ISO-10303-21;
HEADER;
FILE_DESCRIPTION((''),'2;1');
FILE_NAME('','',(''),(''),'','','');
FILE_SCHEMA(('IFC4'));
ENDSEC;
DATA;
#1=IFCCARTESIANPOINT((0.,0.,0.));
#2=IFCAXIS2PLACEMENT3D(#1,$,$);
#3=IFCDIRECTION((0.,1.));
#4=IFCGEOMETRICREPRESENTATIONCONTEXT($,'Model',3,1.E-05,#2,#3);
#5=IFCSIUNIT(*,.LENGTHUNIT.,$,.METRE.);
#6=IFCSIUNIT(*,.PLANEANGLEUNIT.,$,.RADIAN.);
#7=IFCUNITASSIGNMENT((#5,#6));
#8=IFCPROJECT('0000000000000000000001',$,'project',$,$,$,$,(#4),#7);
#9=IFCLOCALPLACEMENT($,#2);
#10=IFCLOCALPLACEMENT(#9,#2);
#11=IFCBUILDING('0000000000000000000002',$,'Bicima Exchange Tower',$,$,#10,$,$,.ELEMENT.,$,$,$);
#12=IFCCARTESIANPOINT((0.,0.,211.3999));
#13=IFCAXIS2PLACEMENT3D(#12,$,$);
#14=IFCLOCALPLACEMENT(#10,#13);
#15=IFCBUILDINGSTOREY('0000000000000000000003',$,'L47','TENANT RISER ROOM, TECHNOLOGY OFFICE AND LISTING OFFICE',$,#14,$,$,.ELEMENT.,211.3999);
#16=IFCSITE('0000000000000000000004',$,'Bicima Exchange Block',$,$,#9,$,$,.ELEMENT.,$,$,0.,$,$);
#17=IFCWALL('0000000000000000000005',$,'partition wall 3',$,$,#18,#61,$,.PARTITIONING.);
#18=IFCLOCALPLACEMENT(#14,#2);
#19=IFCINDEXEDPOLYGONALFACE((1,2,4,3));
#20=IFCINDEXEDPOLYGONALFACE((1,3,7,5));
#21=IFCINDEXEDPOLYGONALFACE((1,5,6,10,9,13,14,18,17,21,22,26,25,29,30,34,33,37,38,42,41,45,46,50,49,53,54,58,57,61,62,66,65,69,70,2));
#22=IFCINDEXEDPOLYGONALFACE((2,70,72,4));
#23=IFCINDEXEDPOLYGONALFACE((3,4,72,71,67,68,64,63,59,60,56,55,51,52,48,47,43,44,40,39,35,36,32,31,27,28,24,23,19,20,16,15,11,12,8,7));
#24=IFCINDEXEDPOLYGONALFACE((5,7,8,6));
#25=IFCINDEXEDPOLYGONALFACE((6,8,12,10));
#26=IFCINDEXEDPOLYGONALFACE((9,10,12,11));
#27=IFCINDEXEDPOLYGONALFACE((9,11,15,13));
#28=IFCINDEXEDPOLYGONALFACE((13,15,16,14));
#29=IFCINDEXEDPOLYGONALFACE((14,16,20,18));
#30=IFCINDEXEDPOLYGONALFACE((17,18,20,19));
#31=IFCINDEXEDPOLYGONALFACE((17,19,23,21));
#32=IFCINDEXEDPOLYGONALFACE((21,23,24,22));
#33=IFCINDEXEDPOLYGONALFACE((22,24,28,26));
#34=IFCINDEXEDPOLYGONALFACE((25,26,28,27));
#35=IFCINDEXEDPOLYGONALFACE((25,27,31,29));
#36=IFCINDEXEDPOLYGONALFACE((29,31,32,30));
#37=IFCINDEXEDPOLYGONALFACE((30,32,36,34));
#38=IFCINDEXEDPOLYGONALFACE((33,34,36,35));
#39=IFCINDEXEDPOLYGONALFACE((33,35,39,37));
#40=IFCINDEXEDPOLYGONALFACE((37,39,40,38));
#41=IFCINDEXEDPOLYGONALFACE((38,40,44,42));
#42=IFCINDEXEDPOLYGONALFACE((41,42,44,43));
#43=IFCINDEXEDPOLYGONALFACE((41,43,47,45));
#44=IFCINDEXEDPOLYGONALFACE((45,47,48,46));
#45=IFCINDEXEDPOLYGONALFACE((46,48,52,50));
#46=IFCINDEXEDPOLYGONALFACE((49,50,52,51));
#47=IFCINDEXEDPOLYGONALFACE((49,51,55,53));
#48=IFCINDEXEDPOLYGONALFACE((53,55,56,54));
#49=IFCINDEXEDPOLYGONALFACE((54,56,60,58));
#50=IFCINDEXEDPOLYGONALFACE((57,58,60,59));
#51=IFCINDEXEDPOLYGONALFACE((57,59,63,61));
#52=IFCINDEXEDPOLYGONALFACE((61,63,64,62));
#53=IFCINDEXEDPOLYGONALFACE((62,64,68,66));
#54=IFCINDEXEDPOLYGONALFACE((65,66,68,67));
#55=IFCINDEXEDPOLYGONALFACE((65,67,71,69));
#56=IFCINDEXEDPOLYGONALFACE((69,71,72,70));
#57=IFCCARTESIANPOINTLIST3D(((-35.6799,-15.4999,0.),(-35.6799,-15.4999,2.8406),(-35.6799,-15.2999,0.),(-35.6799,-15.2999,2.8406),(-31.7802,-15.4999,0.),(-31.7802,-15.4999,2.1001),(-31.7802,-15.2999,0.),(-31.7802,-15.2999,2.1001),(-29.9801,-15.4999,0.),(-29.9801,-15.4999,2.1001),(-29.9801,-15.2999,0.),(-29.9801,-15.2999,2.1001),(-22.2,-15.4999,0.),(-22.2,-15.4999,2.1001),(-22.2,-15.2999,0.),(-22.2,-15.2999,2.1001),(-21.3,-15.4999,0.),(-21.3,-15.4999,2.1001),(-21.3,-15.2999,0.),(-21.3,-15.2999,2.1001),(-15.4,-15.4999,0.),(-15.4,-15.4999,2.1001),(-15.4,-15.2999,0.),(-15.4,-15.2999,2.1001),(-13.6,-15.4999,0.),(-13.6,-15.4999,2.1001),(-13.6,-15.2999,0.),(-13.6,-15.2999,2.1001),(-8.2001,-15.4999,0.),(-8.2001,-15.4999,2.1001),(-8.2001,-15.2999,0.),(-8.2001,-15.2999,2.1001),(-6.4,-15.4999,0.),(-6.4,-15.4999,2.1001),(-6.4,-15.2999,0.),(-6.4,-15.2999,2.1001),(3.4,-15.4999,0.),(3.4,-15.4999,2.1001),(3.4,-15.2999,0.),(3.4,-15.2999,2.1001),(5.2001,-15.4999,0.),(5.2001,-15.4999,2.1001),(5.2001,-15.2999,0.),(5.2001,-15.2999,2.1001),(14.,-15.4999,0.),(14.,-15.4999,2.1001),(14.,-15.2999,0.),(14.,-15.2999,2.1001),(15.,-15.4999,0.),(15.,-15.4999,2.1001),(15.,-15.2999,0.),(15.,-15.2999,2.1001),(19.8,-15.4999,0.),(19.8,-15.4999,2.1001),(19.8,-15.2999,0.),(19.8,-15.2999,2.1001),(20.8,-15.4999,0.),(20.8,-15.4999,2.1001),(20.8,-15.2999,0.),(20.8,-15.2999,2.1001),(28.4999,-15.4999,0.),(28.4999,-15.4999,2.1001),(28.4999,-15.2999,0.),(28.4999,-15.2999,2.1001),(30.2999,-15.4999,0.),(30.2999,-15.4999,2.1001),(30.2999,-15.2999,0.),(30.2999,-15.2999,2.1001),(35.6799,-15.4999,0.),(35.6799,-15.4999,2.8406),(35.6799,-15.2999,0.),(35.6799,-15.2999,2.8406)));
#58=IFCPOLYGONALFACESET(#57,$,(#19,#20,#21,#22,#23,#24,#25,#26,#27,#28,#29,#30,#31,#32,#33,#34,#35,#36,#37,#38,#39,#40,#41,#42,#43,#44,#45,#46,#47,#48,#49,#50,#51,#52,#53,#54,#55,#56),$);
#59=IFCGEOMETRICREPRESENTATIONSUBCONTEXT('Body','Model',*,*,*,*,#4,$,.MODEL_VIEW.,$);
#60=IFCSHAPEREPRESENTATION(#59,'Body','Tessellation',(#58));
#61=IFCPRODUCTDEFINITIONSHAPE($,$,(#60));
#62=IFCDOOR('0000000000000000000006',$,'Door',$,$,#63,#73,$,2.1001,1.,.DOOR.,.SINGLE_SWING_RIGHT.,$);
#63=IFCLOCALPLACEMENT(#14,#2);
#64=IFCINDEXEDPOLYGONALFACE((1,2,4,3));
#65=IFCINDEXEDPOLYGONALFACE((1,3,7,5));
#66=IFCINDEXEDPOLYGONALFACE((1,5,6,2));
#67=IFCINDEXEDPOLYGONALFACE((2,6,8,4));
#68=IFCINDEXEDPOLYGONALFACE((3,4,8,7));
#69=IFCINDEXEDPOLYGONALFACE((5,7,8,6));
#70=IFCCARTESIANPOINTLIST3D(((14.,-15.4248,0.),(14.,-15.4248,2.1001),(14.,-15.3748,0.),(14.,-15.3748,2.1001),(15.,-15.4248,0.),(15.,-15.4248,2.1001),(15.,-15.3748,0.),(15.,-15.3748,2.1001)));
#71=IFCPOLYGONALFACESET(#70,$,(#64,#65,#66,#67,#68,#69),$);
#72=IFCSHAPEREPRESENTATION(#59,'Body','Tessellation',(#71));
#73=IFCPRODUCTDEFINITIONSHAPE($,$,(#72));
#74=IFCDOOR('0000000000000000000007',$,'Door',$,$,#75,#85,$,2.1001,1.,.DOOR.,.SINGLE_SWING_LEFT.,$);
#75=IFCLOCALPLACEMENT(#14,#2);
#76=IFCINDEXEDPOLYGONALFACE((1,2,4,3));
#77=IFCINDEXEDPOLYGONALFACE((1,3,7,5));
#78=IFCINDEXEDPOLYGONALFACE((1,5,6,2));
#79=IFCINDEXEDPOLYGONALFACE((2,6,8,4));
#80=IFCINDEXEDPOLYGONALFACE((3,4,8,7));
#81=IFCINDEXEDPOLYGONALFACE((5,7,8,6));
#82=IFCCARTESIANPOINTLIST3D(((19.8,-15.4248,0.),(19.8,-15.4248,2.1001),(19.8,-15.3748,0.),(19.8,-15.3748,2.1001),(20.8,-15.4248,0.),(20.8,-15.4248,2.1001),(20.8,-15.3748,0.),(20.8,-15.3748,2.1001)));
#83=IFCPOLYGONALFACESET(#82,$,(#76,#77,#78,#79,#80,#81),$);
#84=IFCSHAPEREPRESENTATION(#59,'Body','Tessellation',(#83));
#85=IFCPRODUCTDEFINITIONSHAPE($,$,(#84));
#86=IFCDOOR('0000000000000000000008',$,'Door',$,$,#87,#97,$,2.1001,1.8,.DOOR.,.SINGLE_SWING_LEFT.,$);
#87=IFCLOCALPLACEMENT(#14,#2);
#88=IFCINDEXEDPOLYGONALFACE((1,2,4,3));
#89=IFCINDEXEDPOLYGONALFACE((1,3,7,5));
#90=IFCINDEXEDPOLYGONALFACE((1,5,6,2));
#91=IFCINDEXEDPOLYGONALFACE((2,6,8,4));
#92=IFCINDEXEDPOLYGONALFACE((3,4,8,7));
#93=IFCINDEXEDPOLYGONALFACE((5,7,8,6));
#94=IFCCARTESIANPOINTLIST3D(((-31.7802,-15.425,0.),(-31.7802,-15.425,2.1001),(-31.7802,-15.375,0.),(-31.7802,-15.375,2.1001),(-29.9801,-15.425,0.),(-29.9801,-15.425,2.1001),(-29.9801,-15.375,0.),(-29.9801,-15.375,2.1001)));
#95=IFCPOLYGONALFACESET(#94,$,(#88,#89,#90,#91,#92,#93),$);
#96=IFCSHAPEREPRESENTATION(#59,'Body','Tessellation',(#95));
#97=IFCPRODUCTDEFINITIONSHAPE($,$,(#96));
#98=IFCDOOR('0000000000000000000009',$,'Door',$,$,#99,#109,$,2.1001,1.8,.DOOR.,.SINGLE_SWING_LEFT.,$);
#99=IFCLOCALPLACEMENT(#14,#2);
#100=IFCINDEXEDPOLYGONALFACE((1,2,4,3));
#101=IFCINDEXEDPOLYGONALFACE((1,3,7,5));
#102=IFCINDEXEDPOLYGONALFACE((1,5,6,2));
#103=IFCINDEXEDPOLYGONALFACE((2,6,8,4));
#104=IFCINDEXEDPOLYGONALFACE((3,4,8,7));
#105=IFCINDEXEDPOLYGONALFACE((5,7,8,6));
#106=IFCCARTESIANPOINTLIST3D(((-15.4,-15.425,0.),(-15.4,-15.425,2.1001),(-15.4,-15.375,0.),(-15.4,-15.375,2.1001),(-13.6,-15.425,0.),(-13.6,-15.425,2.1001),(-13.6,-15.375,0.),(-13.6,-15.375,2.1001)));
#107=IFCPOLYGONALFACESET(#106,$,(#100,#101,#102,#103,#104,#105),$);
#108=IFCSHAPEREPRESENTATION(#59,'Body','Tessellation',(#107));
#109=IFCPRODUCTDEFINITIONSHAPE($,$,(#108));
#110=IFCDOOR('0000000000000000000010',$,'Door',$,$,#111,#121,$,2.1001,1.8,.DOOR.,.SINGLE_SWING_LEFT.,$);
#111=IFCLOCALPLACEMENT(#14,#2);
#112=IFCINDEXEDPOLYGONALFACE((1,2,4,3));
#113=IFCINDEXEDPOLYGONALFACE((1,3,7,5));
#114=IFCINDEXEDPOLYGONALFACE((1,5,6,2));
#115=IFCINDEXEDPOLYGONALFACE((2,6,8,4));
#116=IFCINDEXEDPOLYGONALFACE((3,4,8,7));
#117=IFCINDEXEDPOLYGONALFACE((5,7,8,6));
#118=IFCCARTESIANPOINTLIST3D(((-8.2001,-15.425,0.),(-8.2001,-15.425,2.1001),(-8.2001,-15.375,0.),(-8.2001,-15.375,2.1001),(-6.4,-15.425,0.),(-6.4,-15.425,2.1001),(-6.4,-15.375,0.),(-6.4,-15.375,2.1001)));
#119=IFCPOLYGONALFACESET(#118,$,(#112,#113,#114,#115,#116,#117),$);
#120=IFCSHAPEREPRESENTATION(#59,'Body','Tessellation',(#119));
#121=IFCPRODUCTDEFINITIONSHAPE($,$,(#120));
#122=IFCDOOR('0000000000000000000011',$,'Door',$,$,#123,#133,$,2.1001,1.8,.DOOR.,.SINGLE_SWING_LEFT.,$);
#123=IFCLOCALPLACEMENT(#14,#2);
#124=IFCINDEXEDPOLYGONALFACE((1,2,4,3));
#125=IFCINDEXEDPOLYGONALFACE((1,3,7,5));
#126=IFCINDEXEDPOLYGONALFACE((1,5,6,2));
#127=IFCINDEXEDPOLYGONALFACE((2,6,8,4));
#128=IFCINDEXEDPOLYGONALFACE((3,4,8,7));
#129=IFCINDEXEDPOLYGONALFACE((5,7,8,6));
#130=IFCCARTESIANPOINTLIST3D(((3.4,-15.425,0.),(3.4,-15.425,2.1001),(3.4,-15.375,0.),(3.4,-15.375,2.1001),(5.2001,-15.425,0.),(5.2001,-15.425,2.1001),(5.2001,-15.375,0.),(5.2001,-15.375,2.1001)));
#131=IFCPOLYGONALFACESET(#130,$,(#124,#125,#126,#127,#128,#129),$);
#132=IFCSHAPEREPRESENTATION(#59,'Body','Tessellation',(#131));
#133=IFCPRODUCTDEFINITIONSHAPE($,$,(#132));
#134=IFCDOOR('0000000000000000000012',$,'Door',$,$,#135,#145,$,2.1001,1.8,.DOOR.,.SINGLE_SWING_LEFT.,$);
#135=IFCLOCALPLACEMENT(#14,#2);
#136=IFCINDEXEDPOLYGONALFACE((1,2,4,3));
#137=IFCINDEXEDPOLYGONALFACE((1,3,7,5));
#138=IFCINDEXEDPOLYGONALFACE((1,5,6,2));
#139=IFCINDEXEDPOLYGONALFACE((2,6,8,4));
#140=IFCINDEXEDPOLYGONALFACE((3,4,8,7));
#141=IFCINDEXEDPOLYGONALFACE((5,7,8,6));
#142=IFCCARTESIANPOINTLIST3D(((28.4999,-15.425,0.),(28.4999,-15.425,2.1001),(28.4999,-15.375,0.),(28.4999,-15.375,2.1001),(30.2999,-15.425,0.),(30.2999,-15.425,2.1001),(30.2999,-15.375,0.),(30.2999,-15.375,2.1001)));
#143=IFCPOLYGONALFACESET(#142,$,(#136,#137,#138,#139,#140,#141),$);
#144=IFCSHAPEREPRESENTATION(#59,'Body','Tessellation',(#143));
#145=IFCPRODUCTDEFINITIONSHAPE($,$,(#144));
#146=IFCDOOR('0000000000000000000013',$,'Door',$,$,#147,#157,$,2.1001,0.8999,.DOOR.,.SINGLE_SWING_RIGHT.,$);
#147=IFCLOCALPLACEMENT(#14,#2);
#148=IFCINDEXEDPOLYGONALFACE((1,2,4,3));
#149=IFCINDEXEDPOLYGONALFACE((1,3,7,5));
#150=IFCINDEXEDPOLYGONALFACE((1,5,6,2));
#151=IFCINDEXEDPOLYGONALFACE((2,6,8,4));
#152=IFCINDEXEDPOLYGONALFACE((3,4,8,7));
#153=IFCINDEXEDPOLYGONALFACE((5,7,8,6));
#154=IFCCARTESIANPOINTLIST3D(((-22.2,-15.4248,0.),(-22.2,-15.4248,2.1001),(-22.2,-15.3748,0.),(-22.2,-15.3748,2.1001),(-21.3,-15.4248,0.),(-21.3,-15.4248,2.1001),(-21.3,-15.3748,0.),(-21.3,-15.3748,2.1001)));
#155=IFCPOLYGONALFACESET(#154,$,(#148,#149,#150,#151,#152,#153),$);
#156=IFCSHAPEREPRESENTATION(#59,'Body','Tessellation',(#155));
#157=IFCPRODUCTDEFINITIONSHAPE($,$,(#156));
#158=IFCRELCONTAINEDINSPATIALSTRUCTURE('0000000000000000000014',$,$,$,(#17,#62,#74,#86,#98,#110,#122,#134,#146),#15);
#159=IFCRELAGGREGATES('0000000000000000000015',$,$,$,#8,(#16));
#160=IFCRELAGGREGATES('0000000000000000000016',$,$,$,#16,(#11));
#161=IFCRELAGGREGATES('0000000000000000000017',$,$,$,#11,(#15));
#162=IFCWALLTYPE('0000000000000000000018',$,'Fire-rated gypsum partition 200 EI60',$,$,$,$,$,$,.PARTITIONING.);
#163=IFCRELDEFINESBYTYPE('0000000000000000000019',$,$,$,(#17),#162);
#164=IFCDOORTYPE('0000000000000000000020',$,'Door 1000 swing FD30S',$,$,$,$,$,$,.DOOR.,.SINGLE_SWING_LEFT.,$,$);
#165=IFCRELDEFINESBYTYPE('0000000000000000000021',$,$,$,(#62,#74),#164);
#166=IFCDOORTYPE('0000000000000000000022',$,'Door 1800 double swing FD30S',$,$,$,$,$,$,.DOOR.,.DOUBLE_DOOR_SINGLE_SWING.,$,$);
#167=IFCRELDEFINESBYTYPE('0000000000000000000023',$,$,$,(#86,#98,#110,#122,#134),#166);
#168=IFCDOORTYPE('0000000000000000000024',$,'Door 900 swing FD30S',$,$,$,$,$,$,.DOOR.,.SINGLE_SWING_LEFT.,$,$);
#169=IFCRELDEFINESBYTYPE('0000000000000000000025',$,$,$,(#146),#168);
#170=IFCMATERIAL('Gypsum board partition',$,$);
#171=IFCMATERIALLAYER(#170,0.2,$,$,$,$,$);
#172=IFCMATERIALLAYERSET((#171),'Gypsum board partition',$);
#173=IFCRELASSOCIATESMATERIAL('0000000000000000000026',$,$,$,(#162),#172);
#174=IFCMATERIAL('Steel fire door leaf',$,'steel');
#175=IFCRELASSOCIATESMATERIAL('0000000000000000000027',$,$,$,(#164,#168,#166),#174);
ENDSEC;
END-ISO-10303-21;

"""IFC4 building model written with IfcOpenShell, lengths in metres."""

from ifc_helpers import new_model, si_unit, direction, frame, frame_2d, origin, place, context, subcontext, project, spatial, rectangle, extrude, material, layer, layer_set, type_object, element, fill, save


model = new_model("IFC4")

# Units and contexts
model_context = context("Model", 3, precision=1e-05, world=origin(), true_north=direction((0.0, 1.0)))
body_context = subcontext(model_context, "Body", "Model", "MODEL_VIEW")
ifc_project = project(units=[si_unit("LENGTHUNIT", "METRE"), si_unit("PLANEANGLEUNIT", "RADIAN")], contexts=[model_context])

# Site, building, storey
site_placement = place(None, origin())
site = spatial("IfcSite", under=ifc_project, at=site_placement, Name="Bicima Exchange Block", CompositionType="ELEMENT", RefElevation=0.0)
building_placement = place(site_placement, origin())
building = spatial("IfcBuilding", under=site, at=building_placement, Name="Bicima Exchange Tower", CompositionType="ELEMENT")
storey_placement = place(building_placement, frame((0.0, 0.0, 211.3999)))
storey = spatial("IfcBuildingStorey", under=building, at=storey_placement, Name="L47", Description="TENANT RISER ROOM, TECHNOLOGY OFFICE AND LISTING OFFICE", CompositionType="ELEMENT", Elevation=211.3999)

# Wall, openings, doors
ifc_material_1 = material(Name="Gypsum board partition")
ifc_layer_1 = layer(ifc_material_1, 0.2)
ifc_layer_set_1 = layer_set([ifc_layer_1], Name="Gypsum board partition")
wall_type = type_object("IfcWallType", Name="Fire-rated gypsum partition 200 EI60", PredefinedType="PARTITIONING", material=ifc_layer_set_1)
ifc_material_2 = material(Name="Steel fire door leaf", Category="steel")
door_type_1 = type_object("IfcDoorType", Name="Door 1000 swing FD30S", OperationType="SINGLE_SWING_LEFT", PredefinedType="DOOR", material=ifc_material_2)
door_type_2 = type_object("IfcDoorType", Name="Door 900 swing FD30S", OperationType="SINGLE_SWING_LEFT", PredefinedType="DOOR", material=ifc_material_2)
wall_1_placement = place(storey_placement, frame((-35.6799, -15.3999, 0.0), z_axis=(0.0, 0.0, 1.0), x_axis=(1.0, 0.0, 0.0)))
wall_1 = element("IfcWall", 1, at=wall_1_placement, inside=storey, type_object=wall_type, Name="partition wall 3", PredefinedType="PARTITIONING", context=body_context, shape_type="SweptSolid", body=[
    extrude(rectangle(XDim=71.3599, YDim=0.2, at=frame_2d((35.6799, 0.0))), origin(), (0.0, 0.0, 1.0), 2.8406),
])
opening_1_placement = place(wall_1_placement, frame((3.8999, 0.0, 0.0)))
opening_1 = element("IfcOpeningElement", 2, at=opening_1_placement, cuts=wall_1, PredefinedType="OPENING", context=body_context, shape_type="SweptSolid", body=[
    extrude(rectangle(XDim=1.8, YDim=2.1001, at=frame_2d((0.8999, 1.05))), frame((0.0, 0.1118, 0.0), z_axis=(0.0, -1.0, 0.0), x_axis=(1.0, 0.0, 0.0)), (0.0, 0.0, 1.0), 0.2239),
])
opening_2_placement = place(wall_1_placement, frame((13.48, 0.0, 0.0)))
opening_2 = element("IfcOpeningElement", 3, at=opening_2_placement, cuts=wall_1, PredefinedType="OPENING", context=body_context, shape_type="SweptSolid", body=[
    extrude(rectangle(XDim=0.8999, YDim=2.1001, at=frame_2d((0.45, 1.05))), frame((0.0, 0.1118, 0.0), z_axis=(0.0, -1.0, 0.0), x_axis=(1.0, 0.0, 0.0)), (0.0, 0.0, 1.0), 0.2239),
])
opening_3_placement = place(wall_1_placement, frame((20.28, 0.0, 0.0)))
opening_3 = element("IfcOpeningElement", 4, at=opening_3_placement, cuts=wall_1, PredefinedType="OPENING", context=body_context, shape_type="SweptSolid", body=[
    extrude(rectangle(XDim=1.8, YDim=2.1001, at=frame_2d((0.8999, 1.05))), frame((0.0, 0.1118, 0.0), z_axis=(0.0, -1.0, 0.0), x_axis=(1.0, 0.0, 0.0)), (0.0, 0.0, 1.0), 0.2239),
])
opening_4_placement = place(wall_1_placement, frame((27.48, 0.0, 0.0)))
opening_4 = element("IfcOpeningElement", 5, at=opening_4_placement, cuts=wall_1, PredefinedType="OPENING", context=body_context, shape_type="SweptSolid", body=[
    extrude(rectangle(XDim=1.8, YDim=2.1001, at=frame_2d((0.8999, 1.05))), frame((0.0, 0.1118, 0.0), z_axis=(0.0, -1.0, 0.0), x_axis=(1.0, 0.0, 0.0)), (0.0, 0.0, 1.0), 0.2239),
])
opening_5_placement = place(wall_1_placement, frame((39.0801, 0.0, 0.0)))
opening_5 = element("IfcOpeningElement", 6, at=opening_5_placement, cuts=wall_1, PredefinedType="OPENING", context=body_context, shape_type="SweptSolid", body=[
    extrude(rectangle(XDim=1.8, YDim=2.1001, at=frame_2d((0.8999, 1.05))), frame((0.0, 0.1118, 0.0), z_axis=(0.0, -1.0, 0.0), x_axis=(1.0, 0.0, 0.0)), (0.0, 0.0, 1.0), 0.2239),
])
opening_6_placement = place(wall_1_placement, frame((49.6799, 0.0, 0.0)))
opening_6 = element("IfcOpeningElement", 7, at=opening_6_placement, cuts=wall_1, PredefinedType="OPENING", context=body_context, shape_type="SweptSolid", body=[
    extrude(rectangle(XDim=1.0, YDim=2.1001, at=frame_2d((0.5, 1.05))), frame((0.0, 0.1118, 0.0), z_axis=(0.0, -1.0, 0.0), x_axis=(1.0, 0.0, 0.0)), (0.0, 0.0, 1.0), 0.2239),
])
opening_7_placement = place(wall_1_placement, frame((55.48, 0.0, 0.0)))
opening_7 = element("IfcOpeningElement", 8, at=opening_7_placement, cuts=wall_1, PredefinedType="OPENING", context=body_context, shape_type="SweptSolid", body=[
    extrude(rectangle(XDim=1.0, YDim=2.1001, at=frame_2d((0.5, 1.05))), frame((0.0, 0.1118, 0.0), z_axis=(0.0, -1.0, 0.0), x_axis=(1.0, 0.0, 0.0)), (0.0, 0.0, 1.0), 0.2239),
])
opening_8_placement = place(wall_1_placement, frame((64.1799, 0.0, 0.0)))
opening_8 = element("IfcOpeningElement", 9, at=opening_8_placement, cuts=wall_1, PredefinedType="OPENING", context=body_context, shape_type="SweptSolid", body=[
    extrude(rectangle(XDim=1.8, YDim=2.1001, at=frame_2d((0.8999, 1.05))), frame((0.0, 0.1118, 0.0), z_axis=(0.0, -1.0, 0.0), x_axis=(1.0, 0.0, 0.0)), (0.0, 0.0, 1.0), 0.2239),
])
door_1_placement = place(opening_6_placement, frame((1.0, 0.0, 0.0), z_axis=(0.0, 0.0, 1.0), x_axis=(-1.0, 0.0, 0.0)))
door_1 = element("IfcDoor", 10, at=door_1_placement, inside=storey, type_object=door_type_1, Name="Door", OperationType="SINGLE_SWING_RIGHT", OverallHeight=2.1001, OverallWidth=1.0, PredefinedType="DOOR", context=body_context, shape_type="SweptSolid", body=[
    extrude(rectangle(XDim=1.0, YDim=2.1001, at=frame_2d((0.5, 1.05))), frame((0.0, 0.0249, 0.0), z_axis=(0.0, -1.0, 0.0), x_axis=(1.0, 0.0, 0.0)), (0.0, 0.0, 1.0), 0.05),
])
fill(opening_6, door_1)
door_2_placement = place(opening_7_placement, frame((1.0, 0.0, 0.0), z_axis=(0.0, 0.0, 1.0), x_axis=(-1.0, 0.0, 0.0)))
door_2 = element("IfcDoor", 11, at=door_2_placement, inside=storey, type_object=door_type_1, Name="Door", OperationType="SINGLE_SWING_LEFT", OverallHeight=2.1001, OverallWidth=1.0, PredefinedType="DOOR", context=body_context, shape_type="SweptSolid", body=[
    extrude(rectangle(XDim=1.0, YDim=2.1001, at=frame_2d((0.5, 1.05))), frame((0.0, 0.0249, 0.0), z_axis=(0.0, -1.0, 0.0), x_axis=(1.0, 0.0, 0.0)), (0.0, 0.0, 1.0), 0.05),
])
fill(opening_7, door_2)
door_type_3 = type_object("IfcDoorType", Name="Door 1800 double swing FD30S", OperationType="DOUBLE_DOOR_SINGLE_SWING", PredefinedType="DOOR", material=ifc_material_2)
door_3_placement = place(opening_1_placement, origin())
door_3 = element("IfcDoor", 12, at=door_3_placement, inside=storey, type_object=door_type_3, Name="Door", OperationType="SINGLE_SWING_LEFT", OverallHeight=2.1001, OverallWidth=1.8, PredefinedType="DOOR", context=body_context, shape_type="SweptSolid", body=[
    extrude(rectangle(XDim=1.8, YDim=2.1001, at=frame_2d((0.8999, 1.05))), frame((0.0, 0.0249, 0.0), z_axis=(0.0, -1.0, 0.0), x_axis=(1.0, 0.0, 0.0)), (0.0, 0.0, 1.0), 0.05),
])
fill(opening_1, door_3)
door_4_placement = place(opening_3_placement, origin())
door_4 = element("IfcDoor", 13, at=door_4_placement, inside=storey, type_object=door_type_3, Name="Door", OperationType="SINGLE_SWING_LEFT", OverallHeight=2.1001, OverallWidth=1.8, PredefinedType="DOOR", context=body_context, shape_type="SweptSolid", body=[
    extrude(rectangle(XDim=1.8, YDim=2.1001, at=frame_2d((0.8999, 1.05))), frame((0.0, 0.0249, 0.0), z_axis=(0.0, -1.0, 0.0), x_axis=(1.0, 0.0, 0.0)), (0.0, 0.0, 1.0), 0.05),
])
fill(opening_3, door_4)
door_5_placement = place(opening_4_placement, origin())
door_5 = element("IfcDoor", 14, at=door_5_placement, inside=storey, type_object=door_type_3, Name="Door", OperationType="SINGLE_SWING_LEFT", OverallHeight=2.1001, OverallWidth=1.8, PredefinedType="DOOR", context=body_context, shape_type="SweptSolid", body=[
    extrude(rectangle(XDim=1.8, YDim=2.1001, at=frame_2d((0.8999, 1.05))), frame((0.0, 0.0249, 0.0), z_axis=(0.0, -1.0, 0.0), x_axis=(1.0, 0.0, 0.0)), (0.0, 0.0, 1.0), 0.05),
])
fill(opening_4, door_5)
door_6_placement = place(opening_5_placement, origin())
door_6 = element("IfcDoor", 15, at=door_6_placement, inside=storey, type_object=door_type_3, Name="Door", OperationType="SINGLE_SWING_LEFT", OverallHeight=2.1001, OverallWidth=1.8, PredefinedType="DOOR", context=body_context, shape_type="SweptSolid", body=[
    extrude(rectangle(XDim=1.8, YDim=2.1001, at=frame_2d((0.8999, 1.05))), frame((0.0, 0.0249, 0.0), z_axis=(0.0, -1.0, 0.0), x_axis=(1.0, 0.0, 0.0)), (0.0, 0.0, 1.0), 0.05),
])
fill(opening_5, door_6)
door_7_placement = place(opening_8_placement, origin())
door_7 = element("IfcDoor", 16, at=door_7_placement, inside=storey, type_object=door_type_3, Name="Door", OperationType="SINGLE_SWING_LEFT", OverallHeight=2.1001, OverallWidth=1.8, PredefinedType="DOOR", context=body_context, shape_type="SweptSolid", body=[
    extrude(rectangle(XDim=1.8, YDim=2.1001, at=frame_2d((0.8999, 1.05))), frame((0.0, 0.0249, 0.0), z_axis=(0.0, -1.0, 0.0), x_axis=(1.0, 0.0, 0.0)), (0.0, 0.0, 1.0), 0.05),
])
fill(opening_8, door_7)
door_8_placement = place(opening_2_placement, frame((0.8999, 0.0, 0.0), z_axis=(0.0, 0.0, 1.0), x_axis=(-1.0, 0.0, 0.0)))
door_8 = element("IfcDoor", 17, at=door_8_placement, inside=storey, type_object=door_type_2, Name="Door", OperationType="SINGLE_SWING_RIGHT", OverallHeight=2.1001, OverallWidth=0.8999, PredefinedType="DOOR", context=body_context, shape_type="SweptSolid", body=[
    extrude(rectangle(XDim=0.8999, YDim=2.1001, at=frame_2d((0.45, 1.05))), frame((0.0, 0.0249, 0.0), z_axis=(0.0, -1.0, 0.0), x_axis=(1.0, 0.0, 0.0)), (0.0, 0.0, 1.0), 0.05),
])
fill(opening_2, door_8)

save(model, "model.ifc")
